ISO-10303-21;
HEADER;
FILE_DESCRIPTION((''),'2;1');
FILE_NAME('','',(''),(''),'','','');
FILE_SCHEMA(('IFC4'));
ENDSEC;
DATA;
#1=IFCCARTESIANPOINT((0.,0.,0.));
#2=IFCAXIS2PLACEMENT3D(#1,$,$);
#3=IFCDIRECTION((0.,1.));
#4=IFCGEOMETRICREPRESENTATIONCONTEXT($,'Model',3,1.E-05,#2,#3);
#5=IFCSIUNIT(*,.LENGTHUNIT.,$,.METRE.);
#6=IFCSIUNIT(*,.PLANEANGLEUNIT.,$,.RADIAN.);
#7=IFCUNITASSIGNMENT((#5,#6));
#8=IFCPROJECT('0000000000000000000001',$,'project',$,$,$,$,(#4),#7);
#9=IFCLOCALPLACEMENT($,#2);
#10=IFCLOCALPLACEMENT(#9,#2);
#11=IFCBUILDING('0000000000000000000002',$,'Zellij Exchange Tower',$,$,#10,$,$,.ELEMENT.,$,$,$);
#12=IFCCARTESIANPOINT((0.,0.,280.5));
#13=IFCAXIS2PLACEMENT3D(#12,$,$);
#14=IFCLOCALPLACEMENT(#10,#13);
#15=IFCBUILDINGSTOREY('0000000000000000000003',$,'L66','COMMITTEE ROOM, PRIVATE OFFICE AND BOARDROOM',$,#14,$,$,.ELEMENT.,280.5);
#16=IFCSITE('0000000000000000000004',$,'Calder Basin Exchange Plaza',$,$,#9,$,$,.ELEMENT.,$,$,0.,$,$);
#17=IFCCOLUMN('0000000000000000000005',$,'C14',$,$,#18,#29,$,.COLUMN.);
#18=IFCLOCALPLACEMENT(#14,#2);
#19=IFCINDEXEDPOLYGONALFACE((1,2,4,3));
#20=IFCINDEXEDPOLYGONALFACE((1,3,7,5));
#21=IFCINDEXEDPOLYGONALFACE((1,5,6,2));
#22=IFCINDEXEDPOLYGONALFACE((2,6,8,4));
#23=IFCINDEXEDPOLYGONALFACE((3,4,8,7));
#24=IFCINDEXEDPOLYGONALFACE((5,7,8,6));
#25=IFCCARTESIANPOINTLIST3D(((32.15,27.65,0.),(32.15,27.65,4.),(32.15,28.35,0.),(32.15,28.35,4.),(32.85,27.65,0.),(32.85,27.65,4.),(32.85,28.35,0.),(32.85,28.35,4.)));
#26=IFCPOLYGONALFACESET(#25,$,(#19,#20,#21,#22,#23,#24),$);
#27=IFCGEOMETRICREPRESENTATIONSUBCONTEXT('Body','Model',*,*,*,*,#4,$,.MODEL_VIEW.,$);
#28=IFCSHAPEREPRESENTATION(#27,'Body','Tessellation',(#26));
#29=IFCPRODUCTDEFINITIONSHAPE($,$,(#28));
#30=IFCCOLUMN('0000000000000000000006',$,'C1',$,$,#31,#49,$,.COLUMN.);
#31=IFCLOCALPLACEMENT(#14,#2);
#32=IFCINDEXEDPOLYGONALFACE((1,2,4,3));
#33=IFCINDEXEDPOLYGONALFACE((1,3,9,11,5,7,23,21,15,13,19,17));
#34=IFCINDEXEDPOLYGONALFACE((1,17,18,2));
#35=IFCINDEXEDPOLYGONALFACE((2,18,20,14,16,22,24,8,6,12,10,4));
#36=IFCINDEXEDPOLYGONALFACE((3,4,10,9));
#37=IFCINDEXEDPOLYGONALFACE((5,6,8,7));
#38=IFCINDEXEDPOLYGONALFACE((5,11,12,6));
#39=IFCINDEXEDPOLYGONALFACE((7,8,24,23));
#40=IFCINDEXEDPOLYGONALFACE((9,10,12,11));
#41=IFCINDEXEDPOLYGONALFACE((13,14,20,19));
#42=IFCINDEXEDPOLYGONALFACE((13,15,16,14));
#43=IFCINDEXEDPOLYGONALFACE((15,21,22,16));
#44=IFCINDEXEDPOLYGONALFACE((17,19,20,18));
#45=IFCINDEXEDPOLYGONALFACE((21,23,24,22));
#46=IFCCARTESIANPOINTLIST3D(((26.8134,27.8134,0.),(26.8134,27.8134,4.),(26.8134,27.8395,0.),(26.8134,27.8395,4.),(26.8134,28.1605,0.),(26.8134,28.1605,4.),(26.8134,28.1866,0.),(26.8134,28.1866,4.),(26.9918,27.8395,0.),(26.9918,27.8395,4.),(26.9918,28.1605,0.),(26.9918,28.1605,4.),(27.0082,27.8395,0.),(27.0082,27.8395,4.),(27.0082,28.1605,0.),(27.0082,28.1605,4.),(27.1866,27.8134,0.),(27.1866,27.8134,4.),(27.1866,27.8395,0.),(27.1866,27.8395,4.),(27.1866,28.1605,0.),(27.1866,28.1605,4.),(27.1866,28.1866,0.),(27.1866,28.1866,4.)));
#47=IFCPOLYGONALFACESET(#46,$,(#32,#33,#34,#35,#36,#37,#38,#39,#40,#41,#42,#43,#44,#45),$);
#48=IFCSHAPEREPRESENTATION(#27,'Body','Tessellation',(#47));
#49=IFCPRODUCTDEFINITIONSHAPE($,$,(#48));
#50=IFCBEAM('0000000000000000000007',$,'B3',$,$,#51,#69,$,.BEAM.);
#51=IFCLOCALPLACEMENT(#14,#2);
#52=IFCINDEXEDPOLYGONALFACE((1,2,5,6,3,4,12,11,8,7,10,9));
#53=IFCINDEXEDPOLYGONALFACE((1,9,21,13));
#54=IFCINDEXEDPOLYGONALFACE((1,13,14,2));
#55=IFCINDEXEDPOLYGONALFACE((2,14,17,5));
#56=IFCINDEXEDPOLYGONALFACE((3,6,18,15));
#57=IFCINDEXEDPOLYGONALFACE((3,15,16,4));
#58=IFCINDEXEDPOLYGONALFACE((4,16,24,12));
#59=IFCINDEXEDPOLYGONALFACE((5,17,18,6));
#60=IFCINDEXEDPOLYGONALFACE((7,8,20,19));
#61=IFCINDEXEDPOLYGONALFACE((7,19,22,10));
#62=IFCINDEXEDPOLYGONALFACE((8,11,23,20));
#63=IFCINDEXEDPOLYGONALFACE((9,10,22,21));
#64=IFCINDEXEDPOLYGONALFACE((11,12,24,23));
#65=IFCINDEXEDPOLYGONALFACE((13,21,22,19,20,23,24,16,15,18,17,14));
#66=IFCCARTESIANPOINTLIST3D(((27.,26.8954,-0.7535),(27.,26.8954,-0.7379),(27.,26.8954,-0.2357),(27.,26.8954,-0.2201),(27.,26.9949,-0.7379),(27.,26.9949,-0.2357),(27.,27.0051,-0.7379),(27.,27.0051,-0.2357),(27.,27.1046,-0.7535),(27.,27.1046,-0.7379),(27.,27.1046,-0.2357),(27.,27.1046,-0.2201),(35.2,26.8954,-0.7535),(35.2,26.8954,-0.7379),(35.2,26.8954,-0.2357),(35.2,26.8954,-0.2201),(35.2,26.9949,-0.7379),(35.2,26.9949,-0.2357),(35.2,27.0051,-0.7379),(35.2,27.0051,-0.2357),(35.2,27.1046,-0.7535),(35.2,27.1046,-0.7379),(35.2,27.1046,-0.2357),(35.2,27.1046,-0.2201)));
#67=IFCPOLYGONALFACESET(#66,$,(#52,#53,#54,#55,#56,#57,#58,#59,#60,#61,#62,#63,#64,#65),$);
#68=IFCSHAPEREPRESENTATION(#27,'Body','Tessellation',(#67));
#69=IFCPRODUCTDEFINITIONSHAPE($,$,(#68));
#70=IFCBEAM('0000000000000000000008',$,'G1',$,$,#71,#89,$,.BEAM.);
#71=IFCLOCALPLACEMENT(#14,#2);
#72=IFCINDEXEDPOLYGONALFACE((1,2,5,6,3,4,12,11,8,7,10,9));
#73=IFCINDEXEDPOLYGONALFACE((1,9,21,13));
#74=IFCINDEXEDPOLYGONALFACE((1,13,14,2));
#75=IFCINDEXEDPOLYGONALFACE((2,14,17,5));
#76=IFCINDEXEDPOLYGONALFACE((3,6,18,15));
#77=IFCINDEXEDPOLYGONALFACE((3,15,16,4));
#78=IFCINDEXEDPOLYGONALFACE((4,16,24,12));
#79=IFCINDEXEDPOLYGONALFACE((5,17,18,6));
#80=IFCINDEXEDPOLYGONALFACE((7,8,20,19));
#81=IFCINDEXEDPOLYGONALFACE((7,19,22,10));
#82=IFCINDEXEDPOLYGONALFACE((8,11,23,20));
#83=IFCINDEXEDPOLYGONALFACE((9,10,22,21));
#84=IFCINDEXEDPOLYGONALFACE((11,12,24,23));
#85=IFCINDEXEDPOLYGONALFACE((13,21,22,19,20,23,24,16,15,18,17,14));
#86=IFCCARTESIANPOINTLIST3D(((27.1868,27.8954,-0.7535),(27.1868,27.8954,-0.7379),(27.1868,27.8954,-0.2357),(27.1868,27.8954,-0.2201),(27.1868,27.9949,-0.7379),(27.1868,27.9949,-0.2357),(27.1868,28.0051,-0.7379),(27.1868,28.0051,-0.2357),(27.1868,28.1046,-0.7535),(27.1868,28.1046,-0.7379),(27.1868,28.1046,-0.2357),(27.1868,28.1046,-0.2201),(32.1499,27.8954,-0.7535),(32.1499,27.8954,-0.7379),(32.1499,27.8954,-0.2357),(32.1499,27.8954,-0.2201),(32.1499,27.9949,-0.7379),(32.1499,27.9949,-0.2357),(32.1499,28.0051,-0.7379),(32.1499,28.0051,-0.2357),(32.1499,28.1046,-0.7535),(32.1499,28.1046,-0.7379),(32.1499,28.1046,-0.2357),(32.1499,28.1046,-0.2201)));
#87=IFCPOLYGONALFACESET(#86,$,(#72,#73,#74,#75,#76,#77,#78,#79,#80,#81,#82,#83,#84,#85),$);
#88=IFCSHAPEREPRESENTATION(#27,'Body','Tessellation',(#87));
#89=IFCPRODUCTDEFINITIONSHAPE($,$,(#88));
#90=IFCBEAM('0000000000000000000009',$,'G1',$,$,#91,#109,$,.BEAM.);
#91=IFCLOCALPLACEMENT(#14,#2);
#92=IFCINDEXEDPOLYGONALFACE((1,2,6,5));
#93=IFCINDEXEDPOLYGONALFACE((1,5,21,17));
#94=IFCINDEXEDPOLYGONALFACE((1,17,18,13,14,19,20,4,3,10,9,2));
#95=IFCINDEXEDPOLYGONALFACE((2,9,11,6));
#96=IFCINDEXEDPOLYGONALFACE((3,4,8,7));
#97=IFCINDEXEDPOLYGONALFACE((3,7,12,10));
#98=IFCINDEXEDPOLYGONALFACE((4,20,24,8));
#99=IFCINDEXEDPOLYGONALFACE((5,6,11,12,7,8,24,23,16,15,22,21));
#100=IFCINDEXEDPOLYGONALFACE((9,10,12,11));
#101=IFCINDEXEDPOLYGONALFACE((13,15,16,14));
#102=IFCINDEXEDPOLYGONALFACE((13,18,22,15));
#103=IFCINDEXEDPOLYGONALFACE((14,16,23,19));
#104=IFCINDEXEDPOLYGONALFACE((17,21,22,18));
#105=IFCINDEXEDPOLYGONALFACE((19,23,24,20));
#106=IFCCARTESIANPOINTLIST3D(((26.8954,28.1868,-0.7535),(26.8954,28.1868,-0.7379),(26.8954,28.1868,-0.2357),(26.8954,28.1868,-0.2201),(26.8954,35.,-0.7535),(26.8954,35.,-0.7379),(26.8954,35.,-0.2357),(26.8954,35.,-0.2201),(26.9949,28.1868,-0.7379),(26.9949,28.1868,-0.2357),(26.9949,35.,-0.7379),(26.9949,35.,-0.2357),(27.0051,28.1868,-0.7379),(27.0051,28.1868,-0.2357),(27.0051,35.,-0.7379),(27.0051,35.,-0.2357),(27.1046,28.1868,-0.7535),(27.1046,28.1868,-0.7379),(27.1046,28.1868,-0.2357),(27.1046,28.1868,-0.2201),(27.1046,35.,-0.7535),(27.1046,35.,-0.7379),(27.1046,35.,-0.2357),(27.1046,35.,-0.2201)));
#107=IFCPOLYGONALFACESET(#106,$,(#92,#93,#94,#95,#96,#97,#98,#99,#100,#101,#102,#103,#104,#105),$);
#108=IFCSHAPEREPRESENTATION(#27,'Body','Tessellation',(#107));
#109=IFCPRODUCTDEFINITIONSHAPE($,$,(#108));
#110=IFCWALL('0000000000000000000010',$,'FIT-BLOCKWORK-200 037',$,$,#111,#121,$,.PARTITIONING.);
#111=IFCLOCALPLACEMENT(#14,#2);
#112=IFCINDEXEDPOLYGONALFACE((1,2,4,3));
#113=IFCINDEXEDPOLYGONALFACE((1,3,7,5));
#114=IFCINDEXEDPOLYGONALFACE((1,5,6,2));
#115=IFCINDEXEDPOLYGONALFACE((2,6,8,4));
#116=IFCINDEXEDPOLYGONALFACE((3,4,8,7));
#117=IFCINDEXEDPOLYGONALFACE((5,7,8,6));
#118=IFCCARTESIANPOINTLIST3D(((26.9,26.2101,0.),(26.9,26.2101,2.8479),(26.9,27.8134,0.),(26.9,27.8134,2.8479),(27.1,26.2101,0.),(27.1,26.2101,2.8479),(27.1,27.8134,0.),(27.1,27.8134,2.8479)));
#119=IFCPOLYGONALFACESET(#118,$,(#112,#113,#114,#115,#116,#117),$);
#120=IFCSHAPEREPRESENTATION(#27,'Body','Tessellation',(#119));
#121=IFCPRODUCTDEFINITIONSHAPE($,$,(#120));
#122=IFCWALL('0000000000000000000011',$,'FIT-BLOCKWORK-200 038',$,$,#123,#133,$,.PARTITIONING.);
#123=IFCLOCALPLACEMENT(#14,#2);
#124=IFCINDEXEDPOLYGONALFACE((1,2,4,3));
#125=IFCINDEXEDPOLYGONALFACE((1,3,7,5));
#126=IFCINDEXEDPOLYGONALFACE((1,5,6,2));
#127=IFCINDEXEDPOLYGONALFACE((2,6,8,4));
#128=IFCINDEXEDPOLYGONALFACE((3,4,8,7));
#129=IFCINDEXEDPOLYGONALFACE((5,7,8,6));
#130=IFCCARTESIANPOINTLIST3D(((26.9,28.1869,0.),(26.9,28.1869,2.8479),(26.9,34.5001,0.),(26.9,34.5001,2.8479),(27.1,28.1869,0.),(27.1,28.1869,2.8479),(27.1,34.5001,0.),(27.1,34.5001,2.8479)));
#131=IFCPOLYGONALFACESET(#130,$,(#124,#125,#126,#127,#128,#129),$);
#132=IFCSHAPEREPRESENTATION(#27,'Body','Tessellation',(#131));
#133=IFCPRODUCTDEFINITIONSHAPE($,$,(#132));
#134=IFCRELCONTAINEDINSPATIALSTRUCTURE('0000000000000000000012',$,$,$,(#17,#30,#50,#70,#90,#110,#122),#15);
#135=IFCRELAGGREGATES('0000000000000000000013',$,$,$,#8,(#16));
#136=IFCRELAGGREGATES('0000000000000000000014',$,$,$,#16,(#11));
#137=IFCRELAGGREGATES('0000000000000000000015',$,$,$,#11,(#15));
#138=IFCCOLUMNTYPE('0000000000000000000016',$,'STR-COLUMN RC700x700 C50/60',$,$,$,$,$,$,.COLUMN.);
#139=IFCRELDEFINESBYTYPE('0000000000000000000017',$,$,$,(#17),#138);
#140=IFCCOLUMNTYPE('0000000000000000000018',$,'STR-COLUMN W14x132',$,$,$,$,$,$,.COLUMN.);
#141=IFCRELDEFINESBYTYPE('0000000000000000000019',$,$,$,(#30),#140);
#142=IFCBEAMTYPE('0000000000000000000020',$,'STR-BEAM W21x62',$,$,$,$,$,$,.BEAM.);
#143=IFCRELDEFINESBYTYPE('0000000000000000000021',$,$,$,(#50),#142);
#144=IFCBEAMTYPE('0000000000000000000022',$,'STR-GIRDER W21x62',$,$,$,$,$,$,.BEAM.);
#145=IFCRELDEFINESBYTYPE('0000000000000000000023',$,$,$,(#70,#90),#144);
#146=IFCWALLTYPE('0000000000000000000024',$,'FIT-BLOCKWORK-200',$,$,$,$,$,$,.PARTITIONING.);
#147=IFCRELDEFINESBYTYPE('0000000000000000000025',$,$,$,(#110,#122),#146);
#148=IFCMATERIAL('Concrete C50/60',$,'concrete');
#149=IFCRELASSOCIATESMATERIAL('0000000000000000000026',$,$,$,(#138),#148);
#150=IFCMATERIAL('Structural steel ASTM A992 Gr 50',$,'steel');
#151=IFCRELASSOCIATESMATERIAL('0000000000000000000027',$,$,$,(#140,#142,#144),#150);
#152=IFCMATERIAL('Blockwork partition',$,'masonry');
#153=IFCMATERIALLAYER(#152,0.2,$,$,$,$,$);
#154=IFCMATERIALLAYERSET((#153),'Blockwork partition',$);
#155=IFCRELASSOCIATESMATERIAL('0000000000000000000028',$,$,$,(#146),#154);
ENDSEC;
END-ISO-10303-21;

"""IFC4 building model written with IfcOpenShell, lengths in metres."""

from ifc_helpers import new_model, si_unit, direction, frame, frame_2d, origin, origin_2d, place, context, subcontext, project, spatial, rectangle, i_section, extrude, material, layer, layer_set, material_profile, profile_set, type_object, element, save


model = new_model("IFC4")

# Units and contexts
model_context = context("Model", 3, precision=1e-05, world=origin(), true_north=direction((0.0, 1.0)))
body_context = subcontext(model_context, "Body", "Model", "MODEL_VIEW")
ifc_project = project(units=[si_unit("LENGTHUNIT", "METRE"), si_unit("PLANEANGLEUNIT", "RADIAN")], contexts=[model_context])

# Site, building, storey
site_placement = place(None, origin())
site = spatial("IfcSite", under=ifc_project, at=site_placement, Name="Calder Basin Exchange Plaza", CompositionType="ELEMENT", RefElevation=0.0)
building_placement = place(site_placement, origin())
building = spatial("IfcBuilding", under=site, at=building_placement, Name="Zellij Exchange Tower", CompositionType="ELEMENT")
storey_placement = place(building_placement, frame((0.0, 0.0, 280.5)))
storey = spatial("IfcBuildingStorey", under=building, at=storey_placement, Name="L66", Description="COMMITTEE ROOM, PRIVATE OFFICE AND BOARDROOM", CompositionType="ELEMENT", Elevation=280.5)

# Columns
ifc_material_1 = material(Name="Concrete C50/60", Category="concrete")
ifc_material_profile_1 = material_profile(ifc_material_1, rectangle(XDim=0.7, YDim=0.7, at=origin_2d()), Name="STR-COLUMN RC700x700 C50/60")
ifc_profile_set_1 = profile_set([ifc_material_profile_1], Name="Concrete C50/60")
column_type_1 = type_object("IfcColumnType", Name="STR-COLUMN RC700x700 C50/60", PredefinedType="COLUMN", material=ifc_profile_set_1)
column_1_placement = place(storey_placement, frame((32.5, 28.0, 0.0), z_axis=(0.0, 0.0, 1.0), x_axis=(1.0, 0.0, 0.0)))
element("IfcColumn", 1, at=column_1_placement, inside=storey, type_object=column_type_1, Name="C14", PredefinedType="COLUMN", context=body_context, shape_type="SweptSolid", body=[
    extrude(rectangle(XDim=0.7, YDim=0.7, at=origin_2d()), origin(), (0.0, 0.0, 1.0), 4.0),
])
ifc_material_2 = material(Name="Structural steel ASTM A992 Gr 50", Category="steel")
ifc_material_profile_2 = material_profile(ifc_material_2, i_section(OverallWidth=0.3733, OverallDepth=0.3733, WebThickness=0.0164, FlangeThickness=0.0261, at=origin_2d()), Name="W14x132")
ifc_profile_set_2 = profile_set([ifc_material_profile_2], Name="Structural steel ASTM A992 Gr 50")
column_type_2 = type_object("IfcColumnType", Name="STR-COLUMN W14x132", PredefinedType="COLUMN", material=ifc_profile_set_2)
column_2_placement = place(storey_placement, frame((27.0, 28.0, 0.0), z_axis=(0.0, 0.0, 1.0), x_axis=(1.0, 0.0, 0.0)))
element("IfcColumn", 2, at=column_2_placement, inside=storey, type_object=column_type_2, Name="C1", PredefinedType="COLUMN", context=body_context, shape_type="SweptSolid", body=[
    extrude(i_section(OverallWidth=0.3733, OverallDepth=0.3733, WebThickness=0.0164, FlangeThickness=0.0261, at=origin_2d()), origin(), (0.0, 0.0, 1.0), 4.0),
])

# Beams
ifc_material_profile_3 = material_profile(ifc_material_2, i_section(OverallWidth=0.2092, OverallDepth=0.5334, WebThickness=0.0103, FlangeThickness=0.0156, at=origin_2d()), Name="W21x62")
ifc_profile_set_3 = profile_set([ifc_material_profile_3], Name="Structural steel ASTM A992 Gr 50")
beam_type_1 = type_object("IfcBeamType", Name="STR-BEAM W21x62", PredefinedType="BEAM", material=ifc_profile_set_3)
beam_1_placement = place(storey_placement, frame((27.0, 27.0, -0.4868), z_axis=(1.0, 0.0, 0.0), x_axis=(0.0, 1.0, 0.0)))
element("IfcBeam", 3, at=beam_1_placement, inside=storey, type_object=beam_type_1, Name="B3", PredefinedType="BEAM", context=body_context, shape_type="SweptSolid", body=[
    extrude(i_section(OverallWidth=0.2092, OverallDepth=0.5334, WebThickness=0.0103, FlangeThickness=0.0156, at=origin_2d()), origin(), (0.0, 0.0, 1.0), 8.2),
])
ifc_material_profile_4 = material_profile(ifc_material_2, i_section(OverallWidth=0.2092, OverallDepth=0.5334, WebThickness=0.0103, FlangeThickness=0.0156, at=origin_2d()), Name="W21x62")
ifc_profile_set_4 = profile_set([ifc_material_profile_4], Name="Structural steel ASTM A992 Gr 50")
beam_type_2 = type_object("IfcBeamType", Name="STR-GIRDER W21x62", PredefinedType="BEAM", material=ifc_profile_set_4)
beam_2_placement = place(storey_placement, frame((27.1868, 28.0, -0.4868), z_axis=(1.0, 0.0, 0.0), x_axis=(0.0, 1.0, 0.0)))
element("IfcBeam", 4, at=beam_2_placement, inside=storey, type_object=beam_type_2, Name="G1", PredefinedType="BEAM", context=body_context, shape_type="SweptSolid", body=[
    extrude(i_section(OverallWidth=0.2092, OverallDepth=0.5334, WebThickness=0.0103, FlangeThickness=0.0156, at=origin_2d()), origin(), (0.0, 0.0, 1.0), 4.9631),
])
beam_3_placement = place(storey_placement, frame((27.0, 28.1868, -0.4868), z_axis=(0.0, 1.0, 0.0), x_axis=(-1.0, 0.0, 0.0)))
element("IfcBeam", 5, at=beam_3_placement, inside=storey, type_object=beam_type_2, Name="G1", PredefinedType="BEAM", context=body_context, shape_type="SweptSolid", body=[
    extrude(i_section(OverallWidth=0.2092, OverallDepth=0.5334, WebThickness=0.0103, FlangeThickness=0.0156, at=origin_2d()), origin(), (0.0, 0.0, 1.0), 6.8132),
])

# Walls
ifc_material_3 = material(Name="Blockwork partition", Category="masonry")
ifc_layer_1 = layer(ifc_material_3, 0.2)
ifc_layer_set_1 = layer_set([ifc_layer_1], Name="Blockwork partition")
wall_type = type_object("IfcWallType", Name="FIT-BLOCKWORK-200", PredefinedType="PARTITIONING", material=ifc_layer_set_1)
wall_1_placement = place(storey_placement, frame((27.0, 26.21, 0.0), z_axis=(0.0, 0.0, 1.0), x_axis=(0.0, 1.0, 0.0)))
element("IfcWall", 6, at=wall_1_placement, inside=storey, type_object=wall_type, Name="FIT-BLOCKWORK-200 037", PredefinedType="PARTITIONING", context=body_context, shape_type="SweptSolid", body=[
    extrude(rectangle(XDim=1.6033, YDim=0.2, at=frame_2d((0.8018, 0.0))), origin(), (0.0, 0.0, 1.0), 2.8479),
])
wall_2_placement = place(storey_placement, frame((27.0, 28.1868, 0.0), z_axis=(0.0, 0.0, 1.0), x_axis=(0.0, 1.0, 0.0)))
element("IfcWall", 7, at=wall_2_placement, inside=storey, type_object=wall_type, Name="FIT-BLOCKWORK-200 038", PredefinedType="PARTITIONING", context=body_context, shape_type="SweptSolid", body=[
    extrude(rectangle(XDim=6.3132, YDim=0.2, at=frame_2d((3.1567, 0.0))), origin(), (0.0, 0.0, 1.0), 2.8479),
])

save(model, "model.ifc")
